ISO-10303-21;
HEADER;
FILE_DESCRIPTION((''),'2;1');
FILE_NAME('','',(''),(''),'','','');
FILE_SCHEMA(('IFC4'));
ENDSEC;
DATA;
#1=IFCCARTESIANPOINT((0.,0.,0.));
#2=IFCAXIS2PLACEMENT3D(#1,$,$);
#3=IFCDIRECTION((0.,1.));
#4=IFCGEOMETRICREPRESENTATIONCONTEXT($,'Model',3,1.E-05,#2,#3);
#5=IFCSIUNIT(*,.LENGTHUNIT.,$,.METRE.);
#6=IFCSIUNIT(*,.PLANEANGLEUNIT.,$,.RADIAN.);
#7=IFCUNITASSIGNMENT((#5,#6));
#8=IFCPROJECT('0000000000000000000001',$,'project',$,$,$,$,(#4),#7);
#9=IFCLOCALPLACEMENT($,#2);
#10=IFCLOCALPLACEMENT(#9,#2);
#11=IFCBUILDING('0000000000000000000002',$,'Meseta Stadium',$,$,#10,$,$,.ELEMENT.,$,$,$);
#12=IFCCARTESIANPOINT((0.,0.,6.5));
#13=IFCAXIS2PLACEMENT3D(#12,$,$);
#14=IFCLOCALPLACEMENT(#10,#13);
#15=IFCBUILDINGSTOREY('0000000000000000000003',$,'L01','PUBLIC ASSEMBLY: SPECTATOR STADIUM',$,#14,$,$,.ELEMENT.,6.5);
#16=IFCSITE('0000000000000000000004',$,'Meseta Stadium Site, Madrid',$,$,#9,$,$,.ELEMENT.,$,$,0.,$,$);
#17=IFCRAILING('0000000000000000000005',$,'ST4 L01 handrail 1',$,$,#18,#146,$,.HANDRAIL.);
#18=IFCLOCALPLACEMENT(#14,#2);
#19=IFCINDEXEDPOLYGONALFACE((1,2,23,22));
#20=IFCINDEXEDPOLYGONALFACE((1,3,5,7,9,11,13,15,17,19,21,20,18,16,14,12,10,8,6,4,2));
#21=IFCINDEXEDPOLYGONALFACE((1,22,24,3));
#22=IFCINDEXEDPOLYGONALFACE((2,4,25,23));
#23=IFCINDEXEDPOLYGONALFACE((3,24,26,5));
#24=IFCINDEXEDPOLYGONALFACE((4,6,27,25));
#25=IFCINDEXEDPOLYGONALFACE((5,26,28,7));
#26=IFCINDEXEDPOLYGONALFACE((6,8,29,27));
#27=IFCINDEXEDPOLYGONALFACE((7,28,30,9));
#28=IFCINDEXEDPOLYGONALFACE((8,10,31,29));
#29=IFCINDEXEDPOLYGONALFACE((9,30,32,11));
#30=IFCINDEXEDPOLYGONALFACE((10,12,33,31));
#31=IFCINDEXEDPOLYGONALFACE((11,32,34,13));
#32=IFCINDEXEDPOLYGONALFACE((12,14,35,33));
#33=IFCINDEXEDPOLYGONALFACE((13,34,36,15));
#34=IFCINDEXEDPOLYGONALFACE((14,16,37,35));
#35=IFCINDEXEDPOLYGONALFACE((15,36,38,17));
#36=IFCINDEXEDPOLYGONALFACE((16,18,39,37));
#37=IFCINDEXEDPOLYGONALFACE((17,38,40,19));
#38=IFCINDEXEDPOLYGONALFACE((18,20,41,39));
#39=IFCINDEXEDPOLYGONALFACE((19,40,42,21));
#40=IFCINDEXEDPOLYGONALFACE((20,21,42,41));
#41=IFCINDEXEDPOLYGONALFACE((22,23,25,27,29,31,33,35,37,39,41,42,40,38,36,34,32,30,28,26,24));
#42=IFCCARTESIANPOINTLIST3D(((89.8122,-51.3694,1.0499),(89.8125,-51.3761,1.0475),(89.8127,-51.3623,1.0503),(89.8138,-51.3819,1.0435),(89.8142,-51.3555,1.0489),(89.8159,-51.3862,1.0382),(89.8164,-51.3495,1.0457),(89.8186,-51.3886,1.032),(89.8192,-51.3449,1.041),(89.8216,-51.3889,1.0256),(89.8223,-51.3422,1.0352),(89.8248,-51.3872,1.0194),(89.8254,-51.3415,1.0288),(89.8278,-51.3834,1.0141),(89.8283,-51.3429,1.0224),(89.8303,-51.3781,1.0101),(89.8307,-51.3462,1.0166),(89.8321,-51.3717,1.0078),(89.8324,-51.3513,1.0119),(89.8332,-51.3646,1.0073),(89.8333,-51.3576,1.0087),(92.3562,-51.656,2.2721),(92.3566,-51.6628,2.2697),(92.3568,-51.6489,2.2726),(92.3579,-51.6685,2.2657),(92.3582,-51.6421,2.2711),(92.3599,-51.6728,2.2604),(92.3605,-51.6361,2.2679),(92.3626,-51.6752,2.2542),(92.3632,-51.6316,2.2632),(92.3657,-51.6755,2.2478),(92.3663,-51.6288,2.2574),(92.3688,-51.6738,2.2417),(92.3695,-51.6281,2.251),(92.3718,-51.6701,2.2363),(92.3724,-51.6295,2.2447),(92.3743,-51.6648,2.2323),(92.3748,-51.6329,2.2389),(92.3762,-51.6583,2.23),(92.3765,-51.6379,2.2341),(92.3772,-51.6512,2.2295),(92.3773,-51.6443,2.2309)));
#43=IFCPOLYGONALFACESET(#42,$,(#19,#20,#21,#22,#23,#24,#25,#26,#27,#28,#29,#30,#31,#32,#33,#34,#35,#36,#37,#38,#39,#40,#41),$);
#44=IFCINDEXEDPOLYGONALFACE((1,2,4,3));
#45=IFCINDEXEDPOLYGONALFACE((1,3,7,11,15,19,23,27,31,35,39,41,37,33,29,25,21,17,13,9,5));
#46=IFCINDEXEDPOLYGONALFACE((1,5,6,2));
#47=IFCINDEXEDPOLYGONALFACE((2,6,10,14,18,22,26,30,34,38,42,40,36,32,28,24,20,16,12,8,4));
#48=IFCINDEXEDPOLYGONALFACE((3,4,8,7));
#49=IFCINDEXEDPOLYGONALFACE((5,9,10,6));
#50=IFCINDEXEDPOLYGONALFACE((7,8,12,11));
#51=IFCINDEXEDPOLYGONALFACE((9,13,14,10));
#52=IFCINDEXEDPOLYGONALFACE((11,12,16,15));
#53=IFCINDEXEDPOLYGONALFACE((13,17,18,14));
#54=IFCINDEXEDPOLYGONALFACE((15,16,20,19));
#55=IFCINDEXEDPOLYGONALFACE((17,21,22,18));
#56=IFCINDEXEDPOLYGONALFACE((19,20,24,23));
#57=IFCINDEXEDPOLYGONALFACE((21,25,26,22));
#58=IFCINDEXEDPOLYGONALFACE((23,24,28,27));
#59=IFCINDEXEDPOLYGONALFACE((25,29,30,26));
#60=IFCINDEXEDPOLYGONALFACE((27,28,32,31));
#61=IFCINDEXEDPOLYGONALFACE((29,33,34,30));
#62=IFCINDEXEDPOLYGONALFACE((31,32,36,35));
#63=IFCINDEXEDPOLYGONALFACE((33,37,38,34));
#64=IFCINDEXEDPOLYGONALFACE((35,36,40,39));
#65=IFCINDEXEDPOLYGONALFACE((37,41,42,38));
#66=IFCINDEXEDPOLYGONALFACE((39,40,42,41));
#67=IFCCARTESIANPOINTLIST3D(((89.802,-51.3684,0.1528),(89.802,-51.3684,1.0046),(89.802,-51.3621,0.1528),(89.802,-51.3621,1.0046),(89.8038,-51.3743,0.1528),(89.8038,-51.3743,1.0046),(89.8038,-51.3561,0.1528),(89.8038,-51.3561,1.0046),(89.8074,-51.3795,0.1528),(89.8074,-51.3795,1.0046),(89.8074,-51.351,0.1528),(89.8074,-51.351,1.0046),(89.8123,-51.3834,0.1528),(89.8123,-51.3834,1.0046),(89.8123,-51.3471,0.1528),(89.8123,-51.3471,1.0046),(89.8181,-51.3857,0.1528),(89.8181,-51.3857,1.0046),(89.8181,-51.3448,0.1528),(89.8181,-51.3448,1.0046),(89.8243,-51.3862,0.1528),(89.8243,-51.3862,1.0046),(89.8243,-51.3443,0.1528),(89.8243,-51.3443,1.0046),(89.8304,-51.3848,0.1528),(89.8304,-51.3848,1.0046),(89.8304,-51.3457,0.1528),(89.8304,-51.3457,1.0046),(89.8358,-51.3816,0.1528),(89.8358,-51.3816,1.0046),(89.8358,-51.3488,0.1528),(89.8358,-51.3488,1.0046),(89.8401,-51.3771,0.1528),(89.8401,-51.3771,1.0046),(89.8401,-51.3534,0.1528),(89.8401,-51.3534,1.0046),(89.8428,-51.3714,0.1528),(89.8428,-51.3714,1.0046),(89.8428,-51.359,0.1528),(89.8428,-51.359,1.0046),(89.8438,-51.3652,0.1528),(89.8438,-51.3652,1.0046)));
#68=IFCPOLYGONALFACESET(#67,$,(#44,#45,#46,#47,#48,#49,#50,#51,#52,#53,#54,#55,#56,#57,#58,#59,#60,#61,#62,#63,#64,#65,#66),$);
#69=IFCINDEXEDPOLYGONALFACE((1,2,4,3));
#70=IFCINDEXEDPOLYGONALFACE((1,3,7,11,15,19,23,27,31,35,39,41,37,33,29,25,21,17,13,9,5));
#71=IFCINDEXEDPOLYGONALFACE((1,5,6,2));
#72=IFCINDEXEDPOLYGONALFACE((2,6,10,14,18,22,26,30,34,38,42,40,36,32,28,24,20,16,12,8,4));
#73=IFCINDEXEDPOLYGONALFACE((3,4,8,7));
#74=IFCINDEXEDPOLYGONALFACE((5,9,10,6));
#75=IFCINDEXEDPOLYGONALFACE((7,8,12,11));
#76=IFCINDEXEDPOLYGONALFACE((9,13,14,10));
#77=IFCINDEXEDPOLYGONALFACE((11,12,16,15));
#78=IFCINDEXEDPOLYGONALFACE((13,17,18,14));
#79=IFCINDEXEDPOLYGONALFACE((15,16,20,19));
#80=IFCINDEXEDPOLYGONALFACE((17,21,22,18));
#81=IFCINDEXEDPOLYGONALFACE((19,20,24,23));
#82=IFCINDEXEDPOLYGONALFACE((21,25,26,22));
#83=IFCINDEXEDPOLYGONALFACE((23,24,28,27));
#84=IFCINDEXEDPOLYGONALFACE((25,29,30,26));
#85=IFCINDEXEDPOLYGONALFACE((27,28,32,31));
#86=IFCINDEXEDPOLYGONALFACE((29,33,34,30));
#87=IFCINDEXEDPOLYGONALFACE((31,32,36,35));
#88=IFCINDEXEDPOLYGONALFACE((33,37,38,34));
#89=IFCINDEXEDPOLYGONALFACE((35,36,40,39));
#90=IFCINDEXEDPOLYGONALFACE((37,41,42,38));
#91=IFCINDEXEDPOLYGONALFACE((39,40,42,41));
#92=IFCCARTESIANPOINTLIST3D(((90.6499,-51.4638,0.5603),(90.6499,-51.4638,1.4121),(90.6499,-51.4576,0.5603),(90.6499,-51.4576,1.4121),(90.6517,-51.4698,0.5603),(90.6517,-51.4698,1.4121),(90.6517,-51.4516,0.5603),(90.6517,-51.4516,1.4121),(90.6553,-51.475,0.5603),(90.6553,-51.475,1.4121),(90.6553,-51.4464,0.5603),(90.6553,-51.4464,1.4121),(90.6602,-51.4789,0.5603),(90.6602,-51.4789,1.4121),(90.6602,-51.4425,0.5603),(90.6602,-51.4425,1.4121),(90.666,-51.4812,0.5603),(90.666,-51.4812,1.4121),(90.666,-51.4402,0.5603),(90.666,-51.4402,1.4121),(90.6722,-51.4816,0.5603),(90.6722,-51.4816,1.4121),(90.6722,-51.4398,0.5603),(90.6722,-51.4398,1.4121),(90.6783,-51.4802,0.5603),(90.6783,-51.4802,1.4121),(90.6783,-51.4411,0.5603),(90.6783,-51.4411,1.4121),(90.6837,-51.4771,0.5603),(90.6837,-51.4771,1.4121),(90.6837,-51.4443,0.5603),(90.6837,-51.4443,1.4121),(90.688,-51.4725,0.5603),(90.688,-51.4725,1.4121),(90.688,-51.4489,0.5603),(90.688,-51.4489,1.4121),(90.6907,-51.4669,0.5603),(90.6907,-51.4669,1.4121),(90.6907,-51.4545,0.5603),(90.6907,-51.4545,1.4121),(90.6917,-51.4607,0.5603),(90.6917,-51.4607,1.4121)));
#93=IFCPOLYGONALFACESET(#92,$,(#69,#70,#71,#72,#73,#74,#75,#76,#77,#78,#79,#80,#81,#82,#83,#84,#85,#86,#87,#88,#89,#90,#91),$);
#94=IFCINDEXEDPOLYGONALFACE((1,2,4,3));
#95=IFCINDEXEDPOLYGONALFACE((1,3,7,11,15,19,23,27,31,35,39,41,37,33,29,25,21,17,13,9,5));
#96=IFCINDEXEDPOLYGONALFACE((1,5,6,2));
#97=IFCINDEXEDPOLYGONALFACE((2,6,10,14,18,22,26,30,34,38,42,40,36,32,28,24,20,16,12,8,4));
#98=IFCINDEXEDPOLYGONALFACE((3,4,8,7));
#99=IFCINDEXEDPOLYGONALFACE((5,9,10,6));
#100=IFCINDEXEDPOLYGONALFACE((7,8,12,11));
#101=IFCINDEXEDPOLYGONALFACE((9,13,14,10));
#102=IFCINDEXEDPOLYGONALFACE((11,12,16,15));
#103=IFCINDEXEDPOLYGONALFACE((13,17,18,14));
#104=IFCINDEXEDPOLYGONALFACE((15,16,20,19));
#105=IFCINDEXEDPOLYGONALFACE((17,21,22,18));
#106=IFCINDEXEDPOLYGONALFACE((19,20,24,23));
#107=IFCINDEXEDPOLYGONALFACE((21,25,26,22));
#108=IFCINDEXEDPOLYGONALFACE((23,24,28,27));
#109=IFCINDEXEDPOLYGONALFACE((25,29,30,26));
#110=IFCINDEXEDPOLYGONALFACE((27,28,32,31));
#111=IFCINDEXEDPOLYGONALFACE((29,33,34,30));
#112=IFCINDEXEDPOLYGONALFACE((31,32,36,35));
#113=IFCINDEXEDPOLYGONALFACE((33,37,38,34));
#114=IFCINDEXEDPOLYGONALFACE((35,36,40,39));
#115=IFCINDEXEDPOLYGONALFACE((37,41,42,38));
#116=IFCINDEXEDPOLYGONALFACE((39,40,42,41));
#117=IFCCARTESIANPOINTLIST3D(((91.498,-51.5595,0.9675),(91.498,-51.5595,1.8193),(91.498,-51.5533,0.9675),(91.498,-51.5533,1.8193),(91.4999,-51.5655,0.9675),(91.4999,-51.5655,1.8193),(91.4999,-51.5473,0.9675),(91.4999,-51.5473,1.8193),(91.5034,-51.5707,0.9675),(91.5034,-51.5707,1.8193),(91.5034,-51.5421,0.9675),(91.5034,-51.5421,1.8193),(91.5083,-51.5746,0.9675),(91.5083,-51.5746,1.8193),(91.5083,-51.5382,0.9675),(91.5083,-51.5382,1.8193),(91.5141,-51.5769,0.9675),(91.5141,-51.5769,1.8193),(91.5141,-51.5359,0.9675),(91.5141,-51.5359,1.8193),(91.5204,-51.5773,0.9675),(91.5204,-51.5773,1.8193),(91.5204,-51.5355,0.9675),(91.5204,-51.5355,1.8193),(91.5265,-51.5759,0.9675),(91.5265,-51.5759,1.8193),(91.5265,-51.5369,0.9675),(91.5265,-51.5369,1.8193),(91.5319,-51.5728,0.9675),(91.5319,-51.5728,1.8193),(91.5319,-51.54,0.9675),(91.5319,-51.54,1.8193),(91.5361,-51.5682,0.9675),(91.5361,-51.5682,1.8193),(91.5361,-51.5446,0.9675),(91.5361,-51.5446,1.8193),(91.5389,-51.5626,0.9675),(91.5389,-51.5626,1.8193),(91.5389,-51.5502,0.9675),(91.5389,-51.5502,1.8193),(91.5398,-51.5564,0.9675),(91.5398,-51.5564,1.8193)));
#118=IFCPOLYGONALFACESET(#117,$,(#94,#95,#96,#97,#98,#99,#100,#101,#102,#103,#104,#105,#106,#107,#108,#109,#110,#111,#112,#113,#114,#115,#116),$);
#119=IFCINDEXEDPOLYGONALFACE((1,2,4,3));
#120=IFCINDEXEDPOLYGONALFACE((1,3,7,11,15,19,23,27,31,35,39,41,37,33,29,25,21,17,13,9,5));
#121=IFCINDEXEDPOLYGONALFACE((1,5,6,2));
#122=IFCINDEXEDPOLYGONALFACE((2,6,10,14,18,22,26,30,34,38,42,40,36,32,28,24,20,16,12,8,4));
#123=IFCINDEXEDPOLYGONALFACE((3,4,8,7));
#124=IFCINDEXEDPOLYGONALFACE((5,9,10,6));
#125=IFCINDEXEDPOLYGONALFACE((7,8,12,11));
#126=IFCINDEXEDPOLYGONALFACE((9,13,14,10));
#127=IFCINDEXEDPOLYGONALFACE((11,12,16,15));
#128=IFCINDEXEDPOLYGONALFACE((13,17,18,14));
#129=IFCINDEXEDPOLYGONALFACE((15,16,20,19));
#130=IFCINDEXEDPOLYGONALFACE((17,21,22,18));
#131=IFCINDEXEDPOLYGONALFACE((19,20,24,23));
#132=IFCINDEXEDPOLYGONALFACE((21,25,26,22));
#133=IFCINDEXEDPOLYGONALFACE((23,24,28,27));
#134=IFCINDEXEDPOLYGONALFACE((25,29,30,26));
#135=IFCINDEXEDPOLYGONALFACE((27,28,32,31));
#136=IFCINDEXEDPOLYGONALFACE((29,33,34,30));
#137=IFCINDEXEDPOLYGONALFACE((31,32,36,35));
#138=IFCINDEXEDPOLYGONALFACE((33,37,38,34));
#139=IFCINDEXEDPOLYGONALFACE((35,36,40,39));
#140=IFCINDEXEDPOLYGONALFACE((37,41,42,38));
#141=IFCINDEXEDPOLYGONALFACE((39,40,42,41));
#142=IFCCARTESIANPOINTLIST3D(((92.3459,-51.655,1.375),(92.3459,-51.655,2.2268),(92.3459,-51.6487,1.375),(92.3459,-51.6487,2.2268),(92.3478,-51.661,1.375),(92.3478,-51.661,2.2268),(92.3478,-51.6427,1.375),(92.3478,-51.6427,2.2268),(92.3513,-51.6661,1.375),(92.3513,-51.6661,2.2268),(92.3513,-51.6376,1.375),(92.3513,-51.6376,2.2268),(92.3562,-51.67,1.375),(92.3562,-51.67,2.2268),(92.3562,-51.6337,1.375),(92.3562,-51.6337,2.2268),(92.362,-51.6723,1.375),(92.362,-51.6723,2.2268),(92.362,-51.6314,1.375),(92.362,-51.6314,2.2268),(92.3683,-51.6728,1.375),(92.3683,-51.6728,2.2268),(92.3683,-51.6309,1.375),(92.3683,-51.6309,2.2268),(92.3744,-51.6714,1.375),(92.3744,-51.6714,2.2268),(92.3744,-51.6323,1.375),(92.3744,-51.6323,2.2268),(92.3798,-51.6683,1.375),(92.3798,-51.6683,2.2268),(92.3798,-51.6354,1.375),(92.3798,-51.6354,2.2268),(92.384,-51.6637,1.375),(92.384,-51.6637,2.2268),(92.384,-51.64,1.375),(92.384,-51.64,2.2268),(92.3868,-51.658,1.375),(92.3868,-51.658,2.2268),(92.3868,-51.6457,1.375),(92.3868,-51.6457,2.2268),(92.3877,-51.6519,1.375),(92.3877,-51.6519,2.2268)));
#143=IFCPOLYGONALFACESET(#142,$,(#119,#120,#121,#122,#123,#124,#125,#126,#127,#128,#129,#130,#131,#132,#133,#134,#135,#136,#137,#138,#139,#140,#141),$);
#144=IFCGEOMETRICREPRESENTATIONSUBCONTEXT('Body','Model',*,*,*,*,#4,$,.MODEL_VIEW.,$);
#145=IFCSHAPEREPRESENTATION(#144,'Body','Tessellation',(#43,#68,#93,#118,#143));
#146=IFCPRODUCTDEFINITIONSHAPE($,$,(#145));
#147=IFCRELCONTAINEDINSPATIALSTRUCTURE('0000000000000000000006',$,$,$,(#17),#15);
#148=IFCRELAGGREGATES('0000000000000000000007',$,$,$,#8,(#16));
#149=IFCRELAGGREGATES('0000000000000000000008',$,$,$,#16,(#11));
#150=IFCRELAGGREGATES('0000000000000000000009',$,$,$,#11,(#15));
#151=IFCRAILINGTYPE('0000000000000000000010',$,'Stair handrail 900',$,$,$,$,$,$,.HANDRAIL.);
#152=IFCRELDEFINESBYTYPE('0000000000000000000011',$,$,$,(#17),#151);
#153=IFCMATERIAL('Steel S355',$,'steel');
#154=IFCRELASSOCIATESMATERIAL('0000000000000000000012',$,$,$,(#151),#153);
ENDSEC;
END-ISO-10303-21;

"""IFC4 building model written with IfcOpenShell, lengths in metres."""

from ifc_helpers import new_model, si_unit, direction, frame, origin, origin_2d, place, context, subcontext, project, spatial, circle, extrude, material, type_object, element, save


model = new_model("IFC4")

# Units and contexts
model_context = context("Model", 3, precision=1e-05, world=origin(), true_north=direction((0.0, 1.0)))
body_context = subcontext(model_context, "Body", "Model", "MODEL_VIEW")
ifc_project = project(units=[si_unit("LENGTHUNIT", "METRE"), si_unit("PLANEANGLEUNIT", "RADIAN")], contexts=[model_context])

# Site, building, storey
site_placement = place(None, origin())
site = spatial("IfcSite", under=ifc_project, at=site_placement, Name="Meseta Stadium Site, Madrid", CompositionType="ELEMENT", RefElevation=0.0)
building_placement = place(site_placement, origin())
building = spatial("IfcBuilding", under=site, at=building_placement, Name="Meseta Stadium", CompositionType="ELEMENT")
storey_placement = place(building_placement, frame((0.0, 0.0, 6.5)))
storey = spatial("IfcBuildingStorey", under=building, at=storey_placement, Name="L01", Description="PUBLIC ASSEMBLY: SPECTATOR STADIUM", CompositionType="ELEMENT", Elevation=6.5)

# Railing
ifc_material_1 = material(Name="Steel S355", Category="steel")
railing_type_1 = type_object("IfcRailingType", Name="Stair handrail 900", PredefinedType="HANDRAIL", material=ifc_material_1)
for number, where, name in (
    (1, (89.8228, -51.3652, 0.1528), "ST4 L01 handrail 1"),
):
    element("IfcRailing", number, at=place(storey_placement, frame(where)), inside=storey, type_object=railing_type_1, Name=name, PredefinedType="HANDRAIL", context=body_context, shape_type="SweptSolid", body=[
        extrude(circle(Radius=0.0239, at=origin_2d()), frame((0.0, 0.0, 0.876), z_axis=(0.896762, -0.101036, 0.430824), x_axis=(0.11196, 0.993713, 0.0)), (0.0, 0.0, 1.0), 2.8369),
        extrude(circle(Radius=0.021, at=origin_2d()), origin(), (0.0, 0.0, 1.0), 0.8518),
        extrude(circle(Radius=0.021, at=origin_2d()), frame((0.8479, -0.0955, 0.4075)), (0.0, 0.0, 1.0), 0.8518),
        extrude(circle(Radius=0.021, at=origin_2d()), frame((1.696, -0.1912, 0.8147)), (0.0, 0.0, 1.0), 0.8518),
        extrude(circle(Radius=0.021, at=origin_2d()), frame((2.5439, -0.2866, 1.2222)), (0.0, 0.0, 1.0), 0.8518),
    ])

save(model, "model.ifc")
